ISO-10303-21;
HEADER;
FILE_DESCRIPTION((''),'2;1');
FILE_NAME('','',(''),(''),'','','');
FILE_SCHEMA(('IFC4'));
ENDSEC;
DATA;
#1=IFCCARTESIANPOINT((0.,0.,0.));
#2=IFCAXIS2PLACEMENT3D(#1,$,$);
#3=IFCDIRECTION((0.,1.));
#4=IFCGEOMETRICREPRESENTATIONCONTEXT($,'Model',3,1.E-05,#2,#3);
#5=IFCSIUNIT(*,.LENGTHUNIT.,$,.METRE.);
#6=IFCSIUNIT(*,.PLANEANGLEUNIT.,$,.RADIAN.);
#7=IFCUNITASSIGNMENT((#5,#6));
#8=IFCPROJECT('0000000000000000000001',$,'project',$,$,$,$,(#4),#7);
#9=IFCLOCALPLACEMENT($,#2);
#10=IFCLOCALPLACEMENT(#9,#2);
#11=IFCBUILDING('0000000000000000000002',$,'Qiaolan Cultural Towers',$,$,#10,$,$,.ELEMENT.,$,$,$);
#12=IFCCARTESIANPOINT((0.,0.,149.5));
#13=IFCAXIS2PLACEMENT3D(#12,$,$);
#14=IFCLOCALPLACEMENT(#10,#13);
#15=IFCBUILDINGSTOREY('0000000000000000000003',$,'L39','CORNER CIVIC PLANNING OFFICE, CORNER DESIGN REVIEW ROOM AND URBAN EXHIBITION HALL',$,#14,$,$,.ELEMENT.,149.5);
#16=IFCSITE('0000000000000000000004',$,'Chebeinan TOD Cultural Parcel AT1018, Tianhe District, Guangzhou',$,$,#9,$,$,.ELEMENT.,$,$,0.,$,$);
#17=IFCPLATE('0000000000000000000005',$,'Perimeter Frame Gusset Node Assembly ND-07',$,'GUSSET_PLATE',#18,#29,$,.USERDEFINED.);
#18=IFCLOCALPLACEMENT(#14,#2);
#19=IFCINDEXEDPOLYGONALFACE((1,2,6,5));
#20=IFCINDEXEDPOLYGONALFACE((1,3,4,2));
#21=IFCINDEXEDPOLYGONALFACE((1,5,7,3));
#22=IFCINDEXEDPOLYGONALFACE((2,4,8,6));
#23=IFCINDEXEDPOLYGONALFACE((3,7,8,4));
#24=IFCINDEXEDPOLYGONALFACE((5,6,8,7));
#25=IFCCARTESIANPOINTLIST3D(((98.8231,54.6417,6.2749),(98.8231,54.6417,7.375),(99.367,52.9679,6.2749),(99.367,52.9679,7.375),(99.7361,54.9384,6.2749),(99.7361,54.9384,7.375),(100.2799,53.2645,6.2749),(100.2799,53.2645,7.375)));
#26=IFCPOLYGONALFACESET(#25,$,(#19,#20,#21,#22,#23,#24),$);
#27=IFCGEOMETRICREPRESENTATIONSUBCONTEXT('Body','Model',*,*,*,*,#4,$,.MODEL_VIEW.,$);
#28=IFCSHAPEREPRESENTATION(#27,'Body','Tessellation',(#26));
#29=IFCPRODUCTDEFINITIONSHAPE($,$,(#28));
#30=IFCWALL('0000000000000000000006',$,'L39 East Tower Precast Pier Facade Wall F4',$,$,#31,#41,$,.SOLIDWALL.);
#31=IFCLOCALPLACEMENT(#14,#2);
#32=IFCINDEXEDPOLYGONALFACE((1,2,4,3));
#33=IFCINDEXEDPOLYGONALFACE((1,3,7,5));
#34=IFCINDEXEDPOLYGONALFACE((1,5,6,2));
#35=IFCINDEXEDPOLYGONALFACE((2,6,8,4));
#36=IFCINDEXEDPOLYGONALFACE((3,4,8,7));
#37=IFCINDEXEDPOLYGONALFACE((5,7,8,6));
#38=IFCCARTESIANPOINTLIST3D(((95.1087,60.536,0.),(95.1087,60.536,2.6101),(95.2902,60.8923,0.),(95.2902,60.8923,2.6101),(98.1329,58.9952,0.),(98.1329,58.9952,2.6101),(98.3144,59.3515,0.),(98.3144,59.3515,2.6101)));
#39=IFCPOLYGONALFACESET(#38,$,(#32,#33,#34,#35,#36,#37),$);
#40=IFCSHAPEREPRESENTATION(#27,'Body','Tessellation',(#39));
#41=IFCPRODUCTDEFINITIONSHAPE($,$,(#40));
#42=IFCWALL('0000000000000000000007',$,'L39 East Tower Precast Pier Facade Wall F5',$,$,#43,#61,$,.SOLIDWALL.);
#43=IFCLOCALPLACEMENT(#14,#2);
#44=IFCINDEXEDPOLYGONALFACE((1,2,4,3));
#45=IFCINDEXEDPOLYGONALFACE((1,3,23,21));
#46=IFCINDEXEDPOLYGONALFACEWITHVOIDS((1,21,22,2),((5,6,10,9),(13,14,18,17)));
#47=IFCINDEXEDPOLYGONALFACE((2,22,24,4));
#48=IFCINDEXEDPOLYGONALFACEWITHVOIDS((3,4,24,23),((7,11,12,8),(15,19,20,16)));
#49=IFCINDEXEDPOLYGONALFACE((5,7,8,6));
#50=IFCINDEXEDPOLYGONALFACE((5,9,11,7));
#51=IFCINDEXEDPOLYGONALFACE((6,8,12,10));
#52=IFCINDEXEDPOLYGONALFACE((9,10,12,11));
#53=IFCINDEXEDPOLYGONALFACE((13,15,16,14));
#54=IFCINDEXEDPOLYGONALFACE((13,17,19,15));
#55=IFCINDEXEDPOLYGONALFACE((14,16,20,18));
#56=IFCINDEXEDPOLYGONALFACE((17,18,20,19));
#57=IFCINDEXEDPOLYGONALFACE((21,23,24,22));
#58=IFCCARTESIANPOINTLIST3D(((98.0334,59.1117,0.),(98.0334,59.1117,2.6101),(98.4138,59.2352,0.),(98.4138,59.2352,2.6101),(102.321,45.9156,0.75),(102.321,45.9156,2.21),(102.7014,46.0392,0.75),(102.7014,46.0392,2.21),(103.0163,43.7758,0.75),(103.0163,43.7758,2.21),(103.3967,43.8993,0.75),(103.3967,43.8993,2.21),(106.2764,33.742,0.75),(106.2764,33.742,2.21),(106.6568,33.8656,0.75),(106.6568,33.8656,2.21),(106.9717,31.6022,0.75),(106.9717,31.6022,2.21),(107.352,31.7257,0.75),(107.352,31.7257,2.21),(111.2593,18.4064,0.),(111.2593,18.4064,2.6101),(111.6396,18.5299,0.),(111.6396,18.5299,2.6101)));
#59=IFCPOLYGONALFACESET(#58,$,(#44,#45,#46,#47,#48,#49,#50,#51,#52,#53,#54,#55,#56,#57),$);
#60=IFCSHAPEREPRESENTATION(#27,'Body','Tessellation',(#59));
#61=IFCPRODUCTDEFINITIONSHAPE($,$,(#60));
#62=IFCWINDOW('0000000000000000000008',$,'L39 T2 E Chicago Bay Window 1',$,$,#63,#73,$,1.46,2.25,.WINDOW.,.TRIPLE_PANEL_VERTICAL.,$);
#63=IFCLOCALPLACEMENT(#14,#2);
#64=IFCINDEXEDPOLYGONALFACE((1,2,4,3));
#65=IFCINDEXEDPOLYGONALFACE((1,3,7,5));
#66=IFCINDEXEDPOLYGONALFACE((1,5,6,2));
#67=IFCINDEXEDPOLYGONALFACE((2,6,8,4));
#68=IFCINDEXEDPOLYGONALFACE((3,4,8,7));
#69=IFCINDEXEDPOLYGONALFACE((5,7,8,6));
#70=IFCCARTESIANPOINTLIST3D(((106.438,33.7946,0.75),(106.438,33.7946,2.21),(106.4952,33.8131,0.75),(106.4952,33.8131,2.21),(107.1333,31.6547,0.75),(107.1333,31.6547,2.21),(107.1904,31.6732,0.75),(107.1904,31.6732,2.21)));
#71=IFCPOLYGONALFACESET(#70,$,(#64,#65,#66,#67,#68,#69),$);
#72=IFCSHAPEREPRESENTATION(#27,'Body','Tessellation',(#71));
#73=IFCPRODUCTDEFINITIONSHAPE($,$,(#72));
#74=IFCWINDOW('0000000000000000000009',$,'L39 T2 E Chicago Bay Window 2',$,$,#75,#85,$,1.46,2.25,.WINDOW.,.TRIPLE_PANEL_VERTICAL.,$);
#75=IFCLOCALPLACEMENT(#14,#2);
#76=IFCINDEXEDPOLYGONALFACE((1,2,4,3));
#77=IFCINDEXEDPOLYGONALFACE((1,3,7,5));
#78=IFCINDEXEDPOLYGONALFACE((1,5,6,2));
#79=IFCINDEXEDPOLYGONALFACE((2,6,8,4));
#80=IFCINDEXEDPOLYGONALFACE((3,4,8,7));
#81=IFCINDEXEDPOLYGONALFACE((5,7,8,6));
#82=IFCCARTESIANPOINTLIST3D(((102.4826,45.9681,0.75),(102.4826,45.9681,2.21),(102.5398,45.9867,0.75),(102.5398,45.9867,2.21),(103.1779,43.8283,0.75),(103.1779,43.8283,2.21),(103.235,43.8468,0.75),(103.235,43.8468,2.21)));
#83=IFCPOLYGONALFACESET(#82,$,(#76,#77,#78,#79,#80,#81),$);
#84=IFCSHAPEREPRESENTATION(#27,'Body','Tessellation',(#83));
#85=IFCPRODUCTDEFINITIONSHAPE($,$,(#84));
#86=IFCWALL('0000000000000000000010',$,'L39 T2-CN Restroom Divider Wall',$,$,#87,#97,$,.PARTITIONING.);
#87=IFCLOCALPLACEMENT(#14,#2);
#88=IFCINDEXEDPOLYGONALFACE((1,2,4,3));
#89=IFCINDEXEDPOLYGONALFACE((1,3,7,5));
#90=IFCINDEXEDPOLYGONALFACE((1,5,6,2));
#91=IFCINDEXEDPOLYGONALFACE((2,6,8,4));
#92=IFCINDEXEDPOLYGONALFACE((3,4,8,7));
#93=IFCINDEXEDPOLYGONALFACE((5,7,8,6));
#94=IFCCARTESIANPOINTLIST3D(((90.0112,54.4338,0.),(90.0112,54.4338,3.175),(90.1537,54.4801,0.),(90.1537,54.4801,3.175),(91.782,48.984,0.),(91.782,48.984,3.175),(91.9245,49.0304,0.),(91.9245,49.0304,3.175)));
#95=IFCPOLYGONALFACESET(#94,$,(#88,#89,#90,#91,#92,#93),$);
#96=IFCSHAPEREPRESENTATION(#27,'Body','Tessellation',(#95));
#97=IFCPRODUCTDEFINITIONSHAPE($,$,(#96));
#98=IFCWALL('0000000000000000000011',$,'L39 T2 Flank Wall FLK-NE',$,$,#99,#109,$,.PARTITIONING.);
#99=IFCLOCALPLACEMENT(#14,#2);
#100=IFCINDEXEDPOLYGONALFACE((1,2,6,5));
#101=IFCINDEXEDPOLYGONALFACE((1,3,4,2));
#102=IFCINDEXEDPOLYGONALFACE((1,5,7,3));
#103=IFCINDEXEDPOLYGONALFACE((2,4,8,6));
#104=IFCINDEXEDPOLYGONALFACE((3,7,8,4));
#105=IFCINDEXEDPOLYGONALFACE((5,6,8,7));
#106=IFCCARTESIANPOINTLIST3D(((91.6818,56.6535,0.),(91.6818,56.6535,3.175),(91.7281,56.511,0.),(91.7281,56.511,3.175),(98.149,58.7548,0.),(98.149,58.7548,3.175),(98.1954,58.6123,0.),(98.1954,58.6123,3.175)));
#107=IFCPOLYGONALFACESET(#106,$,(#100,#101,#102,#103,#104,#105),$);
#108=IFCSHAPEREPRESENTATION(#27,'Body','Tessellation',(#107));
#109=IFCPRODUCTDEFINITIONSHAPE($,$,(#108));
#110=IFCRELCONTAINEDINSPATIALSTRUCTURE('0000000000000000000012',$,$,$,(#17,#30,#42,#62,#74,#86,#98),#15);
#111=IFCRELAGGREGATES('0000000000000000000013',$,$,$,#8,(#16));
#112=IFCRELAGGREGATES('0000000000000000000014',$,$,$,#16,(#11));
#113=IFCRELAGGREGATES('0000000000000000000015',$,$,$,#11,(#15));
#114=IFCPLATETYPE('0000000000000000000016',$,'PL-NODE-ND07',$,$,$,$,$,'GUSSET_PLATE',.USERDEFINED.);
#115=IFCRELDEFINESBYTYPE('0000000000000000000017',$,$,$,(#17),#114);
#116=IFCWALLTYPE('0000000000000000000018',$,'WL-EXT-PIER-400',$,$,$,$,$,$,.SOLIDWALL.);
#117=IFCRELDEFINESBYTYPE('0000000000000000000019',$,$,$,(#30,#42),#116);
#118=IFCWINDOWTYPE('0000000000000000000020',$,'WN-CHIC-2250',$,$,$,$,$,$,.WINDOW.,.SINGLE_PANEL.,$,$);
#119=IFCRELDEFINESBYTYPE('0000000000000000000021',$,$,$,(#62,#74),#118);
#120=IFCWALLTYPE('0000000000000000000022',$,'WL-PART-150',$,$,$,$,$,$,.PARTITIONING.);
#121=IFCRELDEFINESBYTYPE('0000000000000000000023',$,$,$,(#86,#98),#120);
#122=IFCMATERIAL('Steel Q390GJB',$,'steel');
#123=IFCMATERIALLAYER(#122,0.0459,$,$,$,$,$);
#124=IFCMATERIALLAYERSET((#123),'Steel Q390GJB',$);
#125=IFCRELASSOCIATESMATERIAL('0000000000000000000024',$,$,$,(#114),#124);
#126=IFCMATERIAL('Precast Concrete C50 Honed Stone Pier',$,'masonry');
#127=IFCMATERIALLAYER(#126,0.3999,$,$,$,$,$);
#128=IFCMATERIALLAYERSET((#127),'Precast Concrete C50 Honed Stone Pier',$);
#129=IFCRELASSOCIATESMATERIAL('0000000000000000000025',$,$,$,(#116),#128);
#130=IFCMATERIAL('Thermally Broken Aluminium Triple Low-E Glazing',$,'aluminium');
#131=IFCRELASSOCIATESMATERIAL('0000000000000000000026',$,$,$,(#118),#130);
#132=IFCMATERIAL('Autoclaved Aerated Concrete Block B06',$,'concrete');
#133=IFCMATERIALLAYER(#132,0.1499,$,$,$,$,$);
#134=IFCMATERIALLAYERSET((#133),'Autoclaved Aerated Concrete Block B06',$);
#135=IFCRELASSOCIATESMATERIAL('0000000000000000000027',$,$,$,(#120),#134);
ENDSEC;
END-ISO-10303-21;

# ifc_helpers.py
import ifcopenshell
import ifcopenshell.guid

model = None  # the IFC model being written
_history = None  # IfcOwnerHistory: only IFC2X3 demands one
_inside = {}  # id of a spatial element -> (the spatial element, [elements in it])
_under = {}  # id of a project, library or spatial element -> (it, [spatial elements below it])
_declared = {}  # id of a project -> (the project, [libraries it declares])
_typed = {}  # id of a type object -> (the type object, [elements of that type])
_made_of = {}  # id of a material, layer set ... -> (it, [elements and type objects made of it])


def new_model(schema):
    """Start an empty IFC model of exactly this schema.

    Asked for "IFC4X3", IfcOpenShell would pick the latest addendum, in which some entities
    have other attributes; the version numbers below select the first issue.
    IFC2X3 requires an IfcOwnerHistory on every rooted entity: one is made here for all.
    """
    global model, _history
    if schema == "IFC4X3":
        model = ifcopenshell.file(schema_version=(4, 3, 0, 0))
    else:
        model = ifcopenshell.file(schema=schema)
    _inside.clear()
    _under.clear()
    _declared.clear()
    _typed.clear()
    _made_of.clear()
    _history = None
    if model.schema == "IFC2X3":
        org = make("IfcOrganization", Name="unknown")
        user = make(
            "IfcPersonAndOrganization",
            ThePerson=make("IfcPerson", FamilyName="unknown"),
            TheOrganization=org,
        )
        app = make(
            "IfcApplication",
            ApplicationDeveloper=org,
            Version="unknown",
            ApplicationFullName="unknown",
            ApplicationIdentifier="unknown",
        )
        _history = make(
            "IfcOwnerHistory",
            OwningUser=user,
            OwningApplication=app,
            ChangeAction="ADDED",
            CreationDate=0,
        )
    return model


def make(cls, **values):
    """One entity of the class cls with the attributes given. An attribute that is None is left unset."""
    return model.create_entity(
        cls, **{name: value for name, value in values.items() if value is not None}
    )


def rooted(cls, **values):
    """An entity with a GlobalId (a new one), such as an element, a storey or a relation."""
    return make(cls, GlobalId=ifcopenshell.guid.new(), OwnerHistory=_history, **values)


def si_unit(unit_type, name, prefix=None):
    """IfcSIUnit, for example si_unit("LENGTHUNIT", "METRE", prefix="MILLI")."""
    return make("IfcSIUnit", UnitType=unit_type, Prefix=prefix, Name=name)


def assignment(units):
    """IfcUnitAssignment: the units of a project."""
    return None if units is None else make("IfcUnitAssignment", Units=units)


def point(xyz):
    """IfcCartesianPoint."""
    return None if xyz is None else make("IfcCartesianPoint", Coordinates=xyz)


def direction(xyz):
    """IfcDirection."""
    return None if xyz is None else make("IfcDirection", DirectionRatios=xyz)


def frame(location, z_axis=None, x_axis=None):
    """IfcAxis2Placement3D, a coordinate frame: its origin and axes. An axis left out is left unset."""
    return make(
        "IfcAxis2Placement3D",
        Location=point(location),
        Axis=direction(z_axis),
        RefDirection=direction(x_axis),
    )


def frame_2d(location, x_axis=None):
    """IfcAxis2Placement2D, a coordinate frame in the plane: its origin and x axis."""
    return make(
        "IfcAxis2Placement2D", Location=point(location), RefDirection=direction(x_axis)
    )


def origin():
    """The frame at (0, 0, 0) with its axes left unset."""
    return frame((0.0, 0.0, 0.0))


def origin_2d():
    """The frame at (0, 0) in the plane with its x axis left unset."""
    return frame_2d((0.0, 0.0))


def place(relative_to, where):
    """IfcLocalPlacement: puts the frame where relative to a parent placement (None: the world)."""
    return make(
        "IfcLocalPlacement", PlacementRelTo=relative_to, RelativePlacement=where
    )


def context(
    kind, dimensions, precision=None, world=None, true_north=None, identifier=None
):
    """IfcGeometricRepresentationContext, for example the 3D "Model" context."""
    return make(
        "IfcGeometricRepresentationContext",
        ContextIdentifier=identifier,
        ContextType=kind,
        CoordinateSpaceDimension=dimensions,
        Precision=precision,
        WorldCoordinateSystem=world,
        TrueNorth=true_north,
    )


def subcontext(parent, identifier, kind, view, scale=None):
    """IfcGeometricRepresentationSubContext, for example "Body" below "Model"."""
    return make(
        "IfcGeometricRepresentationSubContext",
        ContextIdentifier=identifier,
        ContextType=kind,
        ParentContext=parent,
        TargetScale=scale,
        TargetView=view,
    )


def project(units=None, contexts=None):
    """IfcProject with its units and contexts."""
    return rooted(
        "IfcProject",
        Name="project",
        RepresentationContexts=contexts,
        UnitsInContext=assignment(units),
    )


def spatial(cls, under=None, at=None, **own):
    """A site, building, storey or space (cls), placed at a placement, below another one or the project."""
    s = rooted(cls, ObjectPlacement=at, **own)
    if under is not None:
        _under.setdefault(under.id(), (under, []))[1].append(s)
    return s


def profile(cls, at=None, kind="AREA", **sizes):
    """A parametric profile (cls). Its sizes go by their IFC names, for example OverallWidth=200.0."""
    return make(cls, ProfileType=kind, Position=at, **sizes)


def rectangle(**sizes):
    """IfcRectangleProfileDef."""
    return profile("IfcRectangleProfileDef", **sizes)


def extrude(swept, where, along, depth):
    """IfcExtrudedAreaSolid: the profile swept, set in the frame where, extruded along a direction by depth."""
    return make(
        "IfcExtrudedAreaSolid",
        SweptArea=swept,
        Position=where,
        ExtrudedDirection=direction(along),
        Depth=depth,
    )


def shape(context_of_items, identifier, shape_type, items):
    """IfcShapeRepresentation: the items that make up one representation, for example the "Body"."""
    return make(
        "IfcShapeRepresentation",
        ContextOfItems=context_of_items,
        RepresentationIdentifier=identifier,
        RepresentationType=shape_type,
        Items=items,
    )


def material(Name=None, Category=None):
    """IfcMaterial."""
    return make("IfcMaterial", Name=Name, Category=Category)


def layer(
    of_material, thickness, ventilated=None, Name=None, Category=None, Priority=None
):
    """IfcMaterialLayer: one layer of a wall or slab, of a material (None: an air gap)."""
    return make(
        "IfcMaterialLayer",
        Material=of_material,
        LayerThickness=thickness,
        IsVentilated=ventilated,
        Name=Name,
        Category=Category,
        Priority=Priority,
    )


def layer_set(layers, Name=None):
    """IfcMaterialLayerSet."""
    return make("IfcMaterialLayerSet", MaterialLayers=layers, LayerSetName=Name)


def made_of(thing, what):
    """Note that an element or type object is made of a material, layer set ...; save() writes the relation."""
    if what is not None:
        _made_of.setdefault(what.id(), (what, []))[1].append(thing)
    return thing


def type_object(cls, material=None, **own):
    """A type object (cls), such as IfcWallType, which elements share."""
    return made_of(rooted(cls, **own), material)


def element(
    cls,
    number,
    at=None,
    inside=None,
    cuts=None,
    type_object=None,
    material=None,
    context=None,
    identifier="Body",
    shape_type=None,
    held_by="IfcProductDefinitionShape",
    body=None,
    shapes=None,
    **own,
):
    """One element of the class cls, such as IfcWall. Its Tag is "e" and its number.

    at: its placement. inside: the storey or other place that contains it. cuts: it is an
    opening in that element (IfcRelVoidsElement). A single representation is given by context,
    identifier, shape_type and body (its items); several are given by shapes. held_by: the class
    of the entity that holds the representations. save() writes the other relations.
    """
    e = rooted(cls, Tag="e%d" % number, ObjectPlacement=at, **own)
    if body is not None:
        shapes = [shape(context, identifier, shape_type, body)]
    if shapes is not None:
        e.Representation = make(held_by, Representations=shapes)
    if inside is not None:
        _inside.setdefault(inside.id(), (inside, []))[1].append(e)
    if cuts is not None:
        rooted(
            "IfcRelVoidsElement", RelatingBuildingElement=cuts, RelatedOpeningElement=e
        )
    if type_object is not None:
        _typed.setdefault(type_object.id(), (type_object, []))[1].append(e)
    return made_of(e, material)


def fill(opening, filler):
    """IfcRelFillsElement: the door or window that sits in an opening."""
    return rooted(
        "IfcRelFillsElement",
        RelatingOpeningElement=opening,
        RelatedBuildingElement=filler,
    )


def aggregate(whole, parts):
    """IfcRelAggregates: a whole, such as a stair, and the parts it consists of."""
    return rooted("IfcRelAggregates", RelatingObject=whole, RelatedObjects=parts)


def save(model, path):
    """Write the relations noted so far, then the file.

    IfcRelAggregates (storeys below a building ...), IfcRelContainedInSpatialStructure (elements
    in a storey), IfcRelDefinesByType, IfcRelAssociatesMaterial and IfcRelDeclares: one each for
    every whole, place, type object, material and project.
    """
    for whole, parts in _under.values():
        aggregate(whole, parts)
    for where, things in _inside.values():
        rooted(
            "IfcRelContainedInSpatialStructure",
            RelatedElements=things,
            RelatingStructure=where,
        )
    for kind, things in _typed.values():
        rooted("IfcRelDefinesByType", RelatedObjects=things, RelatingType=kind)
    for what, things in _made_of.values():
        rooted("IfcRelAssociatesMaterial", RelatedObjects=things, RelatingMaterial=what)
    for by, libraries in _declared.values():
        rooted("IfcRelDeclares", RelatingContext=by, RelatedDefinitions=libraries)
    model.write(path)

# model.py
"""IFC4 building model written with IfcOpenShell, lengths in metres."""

from ifc_helpers import new_model, si_unit, direction, frame, frame_2d, origin, origin_2d, place, context, subcontext, project, spatial, rectangle, extrude, material, layer, layer_set, type_object, element, fill, save


model = new_model("IFC4")

# Units and contexts
model_context = context("Model", 3, precision=1e-05, world=origin(), true_north=direction((0.0, 1.0)))
body_context = subcontext(model_context, "Body", "Model", "MODEL_VIEW")
ifc_project = project(units=[si_unit("LENGTHUNIT", "METRE"), si_unit("PLANEANGLEUNIT", "RADIAN")], contexts=[model_context])

# Site, building, storey
site_placement = place(None, origin())
site = spatial("IfcSite", under=ifc_project, at=site_placement, Name="Chebeinan TOD Cultural Parcel AT1018, Tianhe District, Guangzhou", CompositionType="ELEMENT", RefElevation=0.0)
building_placement = place(site_placement, origin())
building = spatial("IfcBuilding", under=site, at=building_placement, Name="Qiaolan Cultural Towers", CompositionType="ELEMENT")
storey_placement = place(building_placement, frame((0.0, 0.0, 149.5)))
storey = spatial("IfcBuildingStorey", under=building, at=storey_placement, Name="L39", Description="CORNER CIVIC PLANNING OFFICE, CORNER DESIGN REVIEW ROOM AND URBAN EXHIBITION HALL", CompositionType="ELEMENT", Elevation=149.5)

# Plate
ifc_material_1 = material(Name="Steel Q390GJB", Category="steel")
ifc_layer_1 = layer(ifc_material_1, 0.0459)
ifc_layer_set_1 = layer_set([ifc_layer_1], Name="Steel Q390GJB")
plate_type_1 = type_object("IfcPlateType", Name="PL-NODE-ND07", ElementType="GUSSET_PLATE", PredefinedType="USERDEFINED", material=ifc_layer_set_1)
plate_placement = place(storey_placement, frame((99.5515, 53.9531, 6.2749), z_axis=(0.0, 0.0, 1.0), x_axis=(-0.309017, 0.951057, 0.0)))
element("IfcPlate", 1, at=plate_placement, inside=storey, type_object=plate_type_1, Name="Perimeter Frame Gusset Node Assembly ND-07", ObjectType="GUSSET_PLATE", PredefinedType="USERDEFINED", context=body_context, shape_type="SweptSolid", body=[
    extrude(rectangle(XDim=1.76, YDim=0.96, at=origin_2d()), origin(), (0.0, 0.0, 1.0), 1.1001),
])

# Wall
ifc_material_2 = material(Name="Precast Concrete C50 Honed Stone Pier", Category="masonry")
ifc_layer_2 = layer(ifc_material_2, 0.3999)
ifc_layer_set_2 = layer_set([ifc_layer_2], Name="Precast Concrete C50 Honed Stone Pier")
wall_type_1 = type_object("IfcWallType", Name="WL-EXT-PIER-400", PredefinedType="SOLIDWALL", material=ifc_layer_set_2)
wall_1_placement = place(storey_placement, frame((95.1995, 60.7141, 0.0), z_axis=(0.0, 0.0, 1.0), x_axis=(0.891021, -0.453962, 0.0)))
element("IfcWall", 2, at=wall_1_placement, inside=storey, type_object=wall_type_1, Name="L39 East Tower Precast Pier Facade Wall F4", PredefinedType="SOLIDWALL", context=body_context, shape_type="SweptSolid", body=[
    extrude(rectangle(XDim=3.394, YDim=0.3999, at=frame_2d((1.697, 0.0))), origin(), (0.0, 0.0, 1.0), 2.6101),
])

# Wall, openings, windows
wall_2_placement = place(storey_placement, frame((98.2236, 59.1733, 0.0), z_axis=(0.0, 0.0, 1.0), x_axis=(0.309014, -0.951057, 0.0)))
wall_2 = element("IfcWall", 3, at=wall_2_placement, inside=storey, type_object=wall_type_1, Name="L39 East Tower Precast Pier Facade Wall F5", PredefinedType="SOLIDWALL", context=body_context, shape_type="SweptSolid", body=[
    extrude(rectangle(XDim=42.8, YDim=0.3999, at=frame_2d((21.3999, 0.0))), origin(), (0.0, 0.0, 1.0), 2.6101),
])
opening_1_placement = place(wall_2_placement, frame((26.675, 0.0, 0.75)))
opening_1 = element("IfcOpeningElement", 4, at=opening_1_placement, cuts=wall_2, PredefinedType="OPENING", context=body_context, shape_type="SweptSolid", body=[
    extrude(rectangle(XDim=2.25, YDim=1.46, at=frame_2d((1.125, 0.73))), frame((0.0, 0.21, 0.0), z_axis=(0.0, -1.0, 0.0), x_axis=(1.0, 0.0, 0.0)), (0.0, 0.0, 1.0), 0.4199),
])
opening_2_placement = place(wall_2_placement, frame((13.875, 0.0, 0.75)))
opening_2 = element("IfcOpeningElement", 5, at=opening_2_placement, cuts=wall_2, PredefinedType="OPENING", context=body_context, shape_type="SweptSolid", body=[
    extrude(rectangle(XDim=2.25, YDim=1.46, at=frame_2d((1.125, 0.73))), frame((0.0, 0.21, 0.0), z_axis=(0.0, -1.0, 0.0), x_axis=(1.0, 0.0, 0.0)), (0.0, 0.0, 1.0), 0.4199),
])
ifc_material_3 = material(Name="Thermally Broken Aluminium Triple Low-E Glazing", Category="aluminium")
window_type = type_object("IfcWindowType", Name="WN-CHIC-2250", PartitioningType="SINGLE_PANEL", PredefinedType="WINDOW", material=ifc_material_3)
window_1_placement = place(opening_1_placement, origin())
window_1 = element("IfcWindow", 6, at=window_1_placement, inside=storey, type_object=window_type, Name="L39 T2 E Chicago Bay Window 1", OverallHeight=1.46, OverallWidth=2.25, PartitioningType="TRIPLE_PANEL_VERTICAL", PredefinedType="WINDOW", context=body_context, shape_type="SweptSolid", body=[
    extrude(rectangle(XDim=2.25, YDim=1.46, at=frame_2d((1.125, 0.73))), frame((0.0, 0.03, 0.0), z_axis=(0.0, -1.0, 0.0), x_axis=(1.0, 0.0, 0.0)), (0.0, 0.0, 1.0), 0.0601),
])
fill(opening_1, window_1)
window_2_placement = place(opening_2_placement, origin())
window_2 = element("IfcWindow", 7, at=window_2_placement, inside=storey, type_object=window_type, Name="L39 T2 E Chicago Bay Window 2", OverallHeight=1.46, OverallWidth=2.25, PartitioningType="TRIPLE_PANEL_VERTICAL", PredefinedType="WINDOW", context=body_context, shape_type="SweptSolid", body=[
    extrude(rectangle(XDim=2.25, YDim=1.46, at=frame_2d((1.125, 0.73))), frame((0.0, 0.03, 0.0), z_axis=(0.0, -1.0, 0.0), x_axis=(1.0, 0.0, 0.0)), (0.0, 0.0, 1.0), 0.0601),
])
fill(opening_2, window_2)

# Walls
ifc_material_4 = material(Name="Autoclaved Aerated Concrete Block B06", Category="concrete")
ifc_layer_3 = layer(ifc_material_4, 0.1499)
ifc_layer_set_3 = layer_set([ifc_layer_3], Name="Autoclaved Aerated Concrete Block B06")
wall_type_2 = type_object("IfcWallType", Name="WL-PART-150", PredefinedType="PARTITIONING", material=ifc_layer_set_3)
wall_3_placement = place(storey_placement, frame((91.8533, 49.0071, 0.0), z_axis=(0.0, 0.0, 1.0), x_axis=(-0.309022, 0.951055, 0.0)))
element("IfcWall", 8, at=wall_3_placement, inside=storey, type_object=wall_type_2, Name="L39 T2-CN Restroom Divider Wall", PredefinedType="PARTITIONING", context=body_context, shape_type="SweptSolid", body=[
    extrude(rectangle(XDim=5.7302, YDim=0.1499, at=frame_2d((2.8652, 0.0))), origin(), (0.0, 0.0, 1.0), 3.175),
])
wall_4_placement = place(storey_placement, frame((91.7051, 56.5823, 0.0), z_axis=(0.0, 0.0, 1.0), x_axis=(0.951058, 0.309013, 0.0)))
element("IfcWall", 9, at=wall_4_placement, inside=storey, type_object=wall_type_2, Name="L39 T2 Flank Wall FLK-NE", PredefinedType="PARTITIONING", context=body_context, shape_type="SweptSolid", body=[
    extrude(rectangle(XDim=6.8, YDim=0.1499, at=frame_2d((3.3999, 0.0))), origin(), (0.0, 0.0, 1.0), 3.175),
])

save(model, "model.ifc")
